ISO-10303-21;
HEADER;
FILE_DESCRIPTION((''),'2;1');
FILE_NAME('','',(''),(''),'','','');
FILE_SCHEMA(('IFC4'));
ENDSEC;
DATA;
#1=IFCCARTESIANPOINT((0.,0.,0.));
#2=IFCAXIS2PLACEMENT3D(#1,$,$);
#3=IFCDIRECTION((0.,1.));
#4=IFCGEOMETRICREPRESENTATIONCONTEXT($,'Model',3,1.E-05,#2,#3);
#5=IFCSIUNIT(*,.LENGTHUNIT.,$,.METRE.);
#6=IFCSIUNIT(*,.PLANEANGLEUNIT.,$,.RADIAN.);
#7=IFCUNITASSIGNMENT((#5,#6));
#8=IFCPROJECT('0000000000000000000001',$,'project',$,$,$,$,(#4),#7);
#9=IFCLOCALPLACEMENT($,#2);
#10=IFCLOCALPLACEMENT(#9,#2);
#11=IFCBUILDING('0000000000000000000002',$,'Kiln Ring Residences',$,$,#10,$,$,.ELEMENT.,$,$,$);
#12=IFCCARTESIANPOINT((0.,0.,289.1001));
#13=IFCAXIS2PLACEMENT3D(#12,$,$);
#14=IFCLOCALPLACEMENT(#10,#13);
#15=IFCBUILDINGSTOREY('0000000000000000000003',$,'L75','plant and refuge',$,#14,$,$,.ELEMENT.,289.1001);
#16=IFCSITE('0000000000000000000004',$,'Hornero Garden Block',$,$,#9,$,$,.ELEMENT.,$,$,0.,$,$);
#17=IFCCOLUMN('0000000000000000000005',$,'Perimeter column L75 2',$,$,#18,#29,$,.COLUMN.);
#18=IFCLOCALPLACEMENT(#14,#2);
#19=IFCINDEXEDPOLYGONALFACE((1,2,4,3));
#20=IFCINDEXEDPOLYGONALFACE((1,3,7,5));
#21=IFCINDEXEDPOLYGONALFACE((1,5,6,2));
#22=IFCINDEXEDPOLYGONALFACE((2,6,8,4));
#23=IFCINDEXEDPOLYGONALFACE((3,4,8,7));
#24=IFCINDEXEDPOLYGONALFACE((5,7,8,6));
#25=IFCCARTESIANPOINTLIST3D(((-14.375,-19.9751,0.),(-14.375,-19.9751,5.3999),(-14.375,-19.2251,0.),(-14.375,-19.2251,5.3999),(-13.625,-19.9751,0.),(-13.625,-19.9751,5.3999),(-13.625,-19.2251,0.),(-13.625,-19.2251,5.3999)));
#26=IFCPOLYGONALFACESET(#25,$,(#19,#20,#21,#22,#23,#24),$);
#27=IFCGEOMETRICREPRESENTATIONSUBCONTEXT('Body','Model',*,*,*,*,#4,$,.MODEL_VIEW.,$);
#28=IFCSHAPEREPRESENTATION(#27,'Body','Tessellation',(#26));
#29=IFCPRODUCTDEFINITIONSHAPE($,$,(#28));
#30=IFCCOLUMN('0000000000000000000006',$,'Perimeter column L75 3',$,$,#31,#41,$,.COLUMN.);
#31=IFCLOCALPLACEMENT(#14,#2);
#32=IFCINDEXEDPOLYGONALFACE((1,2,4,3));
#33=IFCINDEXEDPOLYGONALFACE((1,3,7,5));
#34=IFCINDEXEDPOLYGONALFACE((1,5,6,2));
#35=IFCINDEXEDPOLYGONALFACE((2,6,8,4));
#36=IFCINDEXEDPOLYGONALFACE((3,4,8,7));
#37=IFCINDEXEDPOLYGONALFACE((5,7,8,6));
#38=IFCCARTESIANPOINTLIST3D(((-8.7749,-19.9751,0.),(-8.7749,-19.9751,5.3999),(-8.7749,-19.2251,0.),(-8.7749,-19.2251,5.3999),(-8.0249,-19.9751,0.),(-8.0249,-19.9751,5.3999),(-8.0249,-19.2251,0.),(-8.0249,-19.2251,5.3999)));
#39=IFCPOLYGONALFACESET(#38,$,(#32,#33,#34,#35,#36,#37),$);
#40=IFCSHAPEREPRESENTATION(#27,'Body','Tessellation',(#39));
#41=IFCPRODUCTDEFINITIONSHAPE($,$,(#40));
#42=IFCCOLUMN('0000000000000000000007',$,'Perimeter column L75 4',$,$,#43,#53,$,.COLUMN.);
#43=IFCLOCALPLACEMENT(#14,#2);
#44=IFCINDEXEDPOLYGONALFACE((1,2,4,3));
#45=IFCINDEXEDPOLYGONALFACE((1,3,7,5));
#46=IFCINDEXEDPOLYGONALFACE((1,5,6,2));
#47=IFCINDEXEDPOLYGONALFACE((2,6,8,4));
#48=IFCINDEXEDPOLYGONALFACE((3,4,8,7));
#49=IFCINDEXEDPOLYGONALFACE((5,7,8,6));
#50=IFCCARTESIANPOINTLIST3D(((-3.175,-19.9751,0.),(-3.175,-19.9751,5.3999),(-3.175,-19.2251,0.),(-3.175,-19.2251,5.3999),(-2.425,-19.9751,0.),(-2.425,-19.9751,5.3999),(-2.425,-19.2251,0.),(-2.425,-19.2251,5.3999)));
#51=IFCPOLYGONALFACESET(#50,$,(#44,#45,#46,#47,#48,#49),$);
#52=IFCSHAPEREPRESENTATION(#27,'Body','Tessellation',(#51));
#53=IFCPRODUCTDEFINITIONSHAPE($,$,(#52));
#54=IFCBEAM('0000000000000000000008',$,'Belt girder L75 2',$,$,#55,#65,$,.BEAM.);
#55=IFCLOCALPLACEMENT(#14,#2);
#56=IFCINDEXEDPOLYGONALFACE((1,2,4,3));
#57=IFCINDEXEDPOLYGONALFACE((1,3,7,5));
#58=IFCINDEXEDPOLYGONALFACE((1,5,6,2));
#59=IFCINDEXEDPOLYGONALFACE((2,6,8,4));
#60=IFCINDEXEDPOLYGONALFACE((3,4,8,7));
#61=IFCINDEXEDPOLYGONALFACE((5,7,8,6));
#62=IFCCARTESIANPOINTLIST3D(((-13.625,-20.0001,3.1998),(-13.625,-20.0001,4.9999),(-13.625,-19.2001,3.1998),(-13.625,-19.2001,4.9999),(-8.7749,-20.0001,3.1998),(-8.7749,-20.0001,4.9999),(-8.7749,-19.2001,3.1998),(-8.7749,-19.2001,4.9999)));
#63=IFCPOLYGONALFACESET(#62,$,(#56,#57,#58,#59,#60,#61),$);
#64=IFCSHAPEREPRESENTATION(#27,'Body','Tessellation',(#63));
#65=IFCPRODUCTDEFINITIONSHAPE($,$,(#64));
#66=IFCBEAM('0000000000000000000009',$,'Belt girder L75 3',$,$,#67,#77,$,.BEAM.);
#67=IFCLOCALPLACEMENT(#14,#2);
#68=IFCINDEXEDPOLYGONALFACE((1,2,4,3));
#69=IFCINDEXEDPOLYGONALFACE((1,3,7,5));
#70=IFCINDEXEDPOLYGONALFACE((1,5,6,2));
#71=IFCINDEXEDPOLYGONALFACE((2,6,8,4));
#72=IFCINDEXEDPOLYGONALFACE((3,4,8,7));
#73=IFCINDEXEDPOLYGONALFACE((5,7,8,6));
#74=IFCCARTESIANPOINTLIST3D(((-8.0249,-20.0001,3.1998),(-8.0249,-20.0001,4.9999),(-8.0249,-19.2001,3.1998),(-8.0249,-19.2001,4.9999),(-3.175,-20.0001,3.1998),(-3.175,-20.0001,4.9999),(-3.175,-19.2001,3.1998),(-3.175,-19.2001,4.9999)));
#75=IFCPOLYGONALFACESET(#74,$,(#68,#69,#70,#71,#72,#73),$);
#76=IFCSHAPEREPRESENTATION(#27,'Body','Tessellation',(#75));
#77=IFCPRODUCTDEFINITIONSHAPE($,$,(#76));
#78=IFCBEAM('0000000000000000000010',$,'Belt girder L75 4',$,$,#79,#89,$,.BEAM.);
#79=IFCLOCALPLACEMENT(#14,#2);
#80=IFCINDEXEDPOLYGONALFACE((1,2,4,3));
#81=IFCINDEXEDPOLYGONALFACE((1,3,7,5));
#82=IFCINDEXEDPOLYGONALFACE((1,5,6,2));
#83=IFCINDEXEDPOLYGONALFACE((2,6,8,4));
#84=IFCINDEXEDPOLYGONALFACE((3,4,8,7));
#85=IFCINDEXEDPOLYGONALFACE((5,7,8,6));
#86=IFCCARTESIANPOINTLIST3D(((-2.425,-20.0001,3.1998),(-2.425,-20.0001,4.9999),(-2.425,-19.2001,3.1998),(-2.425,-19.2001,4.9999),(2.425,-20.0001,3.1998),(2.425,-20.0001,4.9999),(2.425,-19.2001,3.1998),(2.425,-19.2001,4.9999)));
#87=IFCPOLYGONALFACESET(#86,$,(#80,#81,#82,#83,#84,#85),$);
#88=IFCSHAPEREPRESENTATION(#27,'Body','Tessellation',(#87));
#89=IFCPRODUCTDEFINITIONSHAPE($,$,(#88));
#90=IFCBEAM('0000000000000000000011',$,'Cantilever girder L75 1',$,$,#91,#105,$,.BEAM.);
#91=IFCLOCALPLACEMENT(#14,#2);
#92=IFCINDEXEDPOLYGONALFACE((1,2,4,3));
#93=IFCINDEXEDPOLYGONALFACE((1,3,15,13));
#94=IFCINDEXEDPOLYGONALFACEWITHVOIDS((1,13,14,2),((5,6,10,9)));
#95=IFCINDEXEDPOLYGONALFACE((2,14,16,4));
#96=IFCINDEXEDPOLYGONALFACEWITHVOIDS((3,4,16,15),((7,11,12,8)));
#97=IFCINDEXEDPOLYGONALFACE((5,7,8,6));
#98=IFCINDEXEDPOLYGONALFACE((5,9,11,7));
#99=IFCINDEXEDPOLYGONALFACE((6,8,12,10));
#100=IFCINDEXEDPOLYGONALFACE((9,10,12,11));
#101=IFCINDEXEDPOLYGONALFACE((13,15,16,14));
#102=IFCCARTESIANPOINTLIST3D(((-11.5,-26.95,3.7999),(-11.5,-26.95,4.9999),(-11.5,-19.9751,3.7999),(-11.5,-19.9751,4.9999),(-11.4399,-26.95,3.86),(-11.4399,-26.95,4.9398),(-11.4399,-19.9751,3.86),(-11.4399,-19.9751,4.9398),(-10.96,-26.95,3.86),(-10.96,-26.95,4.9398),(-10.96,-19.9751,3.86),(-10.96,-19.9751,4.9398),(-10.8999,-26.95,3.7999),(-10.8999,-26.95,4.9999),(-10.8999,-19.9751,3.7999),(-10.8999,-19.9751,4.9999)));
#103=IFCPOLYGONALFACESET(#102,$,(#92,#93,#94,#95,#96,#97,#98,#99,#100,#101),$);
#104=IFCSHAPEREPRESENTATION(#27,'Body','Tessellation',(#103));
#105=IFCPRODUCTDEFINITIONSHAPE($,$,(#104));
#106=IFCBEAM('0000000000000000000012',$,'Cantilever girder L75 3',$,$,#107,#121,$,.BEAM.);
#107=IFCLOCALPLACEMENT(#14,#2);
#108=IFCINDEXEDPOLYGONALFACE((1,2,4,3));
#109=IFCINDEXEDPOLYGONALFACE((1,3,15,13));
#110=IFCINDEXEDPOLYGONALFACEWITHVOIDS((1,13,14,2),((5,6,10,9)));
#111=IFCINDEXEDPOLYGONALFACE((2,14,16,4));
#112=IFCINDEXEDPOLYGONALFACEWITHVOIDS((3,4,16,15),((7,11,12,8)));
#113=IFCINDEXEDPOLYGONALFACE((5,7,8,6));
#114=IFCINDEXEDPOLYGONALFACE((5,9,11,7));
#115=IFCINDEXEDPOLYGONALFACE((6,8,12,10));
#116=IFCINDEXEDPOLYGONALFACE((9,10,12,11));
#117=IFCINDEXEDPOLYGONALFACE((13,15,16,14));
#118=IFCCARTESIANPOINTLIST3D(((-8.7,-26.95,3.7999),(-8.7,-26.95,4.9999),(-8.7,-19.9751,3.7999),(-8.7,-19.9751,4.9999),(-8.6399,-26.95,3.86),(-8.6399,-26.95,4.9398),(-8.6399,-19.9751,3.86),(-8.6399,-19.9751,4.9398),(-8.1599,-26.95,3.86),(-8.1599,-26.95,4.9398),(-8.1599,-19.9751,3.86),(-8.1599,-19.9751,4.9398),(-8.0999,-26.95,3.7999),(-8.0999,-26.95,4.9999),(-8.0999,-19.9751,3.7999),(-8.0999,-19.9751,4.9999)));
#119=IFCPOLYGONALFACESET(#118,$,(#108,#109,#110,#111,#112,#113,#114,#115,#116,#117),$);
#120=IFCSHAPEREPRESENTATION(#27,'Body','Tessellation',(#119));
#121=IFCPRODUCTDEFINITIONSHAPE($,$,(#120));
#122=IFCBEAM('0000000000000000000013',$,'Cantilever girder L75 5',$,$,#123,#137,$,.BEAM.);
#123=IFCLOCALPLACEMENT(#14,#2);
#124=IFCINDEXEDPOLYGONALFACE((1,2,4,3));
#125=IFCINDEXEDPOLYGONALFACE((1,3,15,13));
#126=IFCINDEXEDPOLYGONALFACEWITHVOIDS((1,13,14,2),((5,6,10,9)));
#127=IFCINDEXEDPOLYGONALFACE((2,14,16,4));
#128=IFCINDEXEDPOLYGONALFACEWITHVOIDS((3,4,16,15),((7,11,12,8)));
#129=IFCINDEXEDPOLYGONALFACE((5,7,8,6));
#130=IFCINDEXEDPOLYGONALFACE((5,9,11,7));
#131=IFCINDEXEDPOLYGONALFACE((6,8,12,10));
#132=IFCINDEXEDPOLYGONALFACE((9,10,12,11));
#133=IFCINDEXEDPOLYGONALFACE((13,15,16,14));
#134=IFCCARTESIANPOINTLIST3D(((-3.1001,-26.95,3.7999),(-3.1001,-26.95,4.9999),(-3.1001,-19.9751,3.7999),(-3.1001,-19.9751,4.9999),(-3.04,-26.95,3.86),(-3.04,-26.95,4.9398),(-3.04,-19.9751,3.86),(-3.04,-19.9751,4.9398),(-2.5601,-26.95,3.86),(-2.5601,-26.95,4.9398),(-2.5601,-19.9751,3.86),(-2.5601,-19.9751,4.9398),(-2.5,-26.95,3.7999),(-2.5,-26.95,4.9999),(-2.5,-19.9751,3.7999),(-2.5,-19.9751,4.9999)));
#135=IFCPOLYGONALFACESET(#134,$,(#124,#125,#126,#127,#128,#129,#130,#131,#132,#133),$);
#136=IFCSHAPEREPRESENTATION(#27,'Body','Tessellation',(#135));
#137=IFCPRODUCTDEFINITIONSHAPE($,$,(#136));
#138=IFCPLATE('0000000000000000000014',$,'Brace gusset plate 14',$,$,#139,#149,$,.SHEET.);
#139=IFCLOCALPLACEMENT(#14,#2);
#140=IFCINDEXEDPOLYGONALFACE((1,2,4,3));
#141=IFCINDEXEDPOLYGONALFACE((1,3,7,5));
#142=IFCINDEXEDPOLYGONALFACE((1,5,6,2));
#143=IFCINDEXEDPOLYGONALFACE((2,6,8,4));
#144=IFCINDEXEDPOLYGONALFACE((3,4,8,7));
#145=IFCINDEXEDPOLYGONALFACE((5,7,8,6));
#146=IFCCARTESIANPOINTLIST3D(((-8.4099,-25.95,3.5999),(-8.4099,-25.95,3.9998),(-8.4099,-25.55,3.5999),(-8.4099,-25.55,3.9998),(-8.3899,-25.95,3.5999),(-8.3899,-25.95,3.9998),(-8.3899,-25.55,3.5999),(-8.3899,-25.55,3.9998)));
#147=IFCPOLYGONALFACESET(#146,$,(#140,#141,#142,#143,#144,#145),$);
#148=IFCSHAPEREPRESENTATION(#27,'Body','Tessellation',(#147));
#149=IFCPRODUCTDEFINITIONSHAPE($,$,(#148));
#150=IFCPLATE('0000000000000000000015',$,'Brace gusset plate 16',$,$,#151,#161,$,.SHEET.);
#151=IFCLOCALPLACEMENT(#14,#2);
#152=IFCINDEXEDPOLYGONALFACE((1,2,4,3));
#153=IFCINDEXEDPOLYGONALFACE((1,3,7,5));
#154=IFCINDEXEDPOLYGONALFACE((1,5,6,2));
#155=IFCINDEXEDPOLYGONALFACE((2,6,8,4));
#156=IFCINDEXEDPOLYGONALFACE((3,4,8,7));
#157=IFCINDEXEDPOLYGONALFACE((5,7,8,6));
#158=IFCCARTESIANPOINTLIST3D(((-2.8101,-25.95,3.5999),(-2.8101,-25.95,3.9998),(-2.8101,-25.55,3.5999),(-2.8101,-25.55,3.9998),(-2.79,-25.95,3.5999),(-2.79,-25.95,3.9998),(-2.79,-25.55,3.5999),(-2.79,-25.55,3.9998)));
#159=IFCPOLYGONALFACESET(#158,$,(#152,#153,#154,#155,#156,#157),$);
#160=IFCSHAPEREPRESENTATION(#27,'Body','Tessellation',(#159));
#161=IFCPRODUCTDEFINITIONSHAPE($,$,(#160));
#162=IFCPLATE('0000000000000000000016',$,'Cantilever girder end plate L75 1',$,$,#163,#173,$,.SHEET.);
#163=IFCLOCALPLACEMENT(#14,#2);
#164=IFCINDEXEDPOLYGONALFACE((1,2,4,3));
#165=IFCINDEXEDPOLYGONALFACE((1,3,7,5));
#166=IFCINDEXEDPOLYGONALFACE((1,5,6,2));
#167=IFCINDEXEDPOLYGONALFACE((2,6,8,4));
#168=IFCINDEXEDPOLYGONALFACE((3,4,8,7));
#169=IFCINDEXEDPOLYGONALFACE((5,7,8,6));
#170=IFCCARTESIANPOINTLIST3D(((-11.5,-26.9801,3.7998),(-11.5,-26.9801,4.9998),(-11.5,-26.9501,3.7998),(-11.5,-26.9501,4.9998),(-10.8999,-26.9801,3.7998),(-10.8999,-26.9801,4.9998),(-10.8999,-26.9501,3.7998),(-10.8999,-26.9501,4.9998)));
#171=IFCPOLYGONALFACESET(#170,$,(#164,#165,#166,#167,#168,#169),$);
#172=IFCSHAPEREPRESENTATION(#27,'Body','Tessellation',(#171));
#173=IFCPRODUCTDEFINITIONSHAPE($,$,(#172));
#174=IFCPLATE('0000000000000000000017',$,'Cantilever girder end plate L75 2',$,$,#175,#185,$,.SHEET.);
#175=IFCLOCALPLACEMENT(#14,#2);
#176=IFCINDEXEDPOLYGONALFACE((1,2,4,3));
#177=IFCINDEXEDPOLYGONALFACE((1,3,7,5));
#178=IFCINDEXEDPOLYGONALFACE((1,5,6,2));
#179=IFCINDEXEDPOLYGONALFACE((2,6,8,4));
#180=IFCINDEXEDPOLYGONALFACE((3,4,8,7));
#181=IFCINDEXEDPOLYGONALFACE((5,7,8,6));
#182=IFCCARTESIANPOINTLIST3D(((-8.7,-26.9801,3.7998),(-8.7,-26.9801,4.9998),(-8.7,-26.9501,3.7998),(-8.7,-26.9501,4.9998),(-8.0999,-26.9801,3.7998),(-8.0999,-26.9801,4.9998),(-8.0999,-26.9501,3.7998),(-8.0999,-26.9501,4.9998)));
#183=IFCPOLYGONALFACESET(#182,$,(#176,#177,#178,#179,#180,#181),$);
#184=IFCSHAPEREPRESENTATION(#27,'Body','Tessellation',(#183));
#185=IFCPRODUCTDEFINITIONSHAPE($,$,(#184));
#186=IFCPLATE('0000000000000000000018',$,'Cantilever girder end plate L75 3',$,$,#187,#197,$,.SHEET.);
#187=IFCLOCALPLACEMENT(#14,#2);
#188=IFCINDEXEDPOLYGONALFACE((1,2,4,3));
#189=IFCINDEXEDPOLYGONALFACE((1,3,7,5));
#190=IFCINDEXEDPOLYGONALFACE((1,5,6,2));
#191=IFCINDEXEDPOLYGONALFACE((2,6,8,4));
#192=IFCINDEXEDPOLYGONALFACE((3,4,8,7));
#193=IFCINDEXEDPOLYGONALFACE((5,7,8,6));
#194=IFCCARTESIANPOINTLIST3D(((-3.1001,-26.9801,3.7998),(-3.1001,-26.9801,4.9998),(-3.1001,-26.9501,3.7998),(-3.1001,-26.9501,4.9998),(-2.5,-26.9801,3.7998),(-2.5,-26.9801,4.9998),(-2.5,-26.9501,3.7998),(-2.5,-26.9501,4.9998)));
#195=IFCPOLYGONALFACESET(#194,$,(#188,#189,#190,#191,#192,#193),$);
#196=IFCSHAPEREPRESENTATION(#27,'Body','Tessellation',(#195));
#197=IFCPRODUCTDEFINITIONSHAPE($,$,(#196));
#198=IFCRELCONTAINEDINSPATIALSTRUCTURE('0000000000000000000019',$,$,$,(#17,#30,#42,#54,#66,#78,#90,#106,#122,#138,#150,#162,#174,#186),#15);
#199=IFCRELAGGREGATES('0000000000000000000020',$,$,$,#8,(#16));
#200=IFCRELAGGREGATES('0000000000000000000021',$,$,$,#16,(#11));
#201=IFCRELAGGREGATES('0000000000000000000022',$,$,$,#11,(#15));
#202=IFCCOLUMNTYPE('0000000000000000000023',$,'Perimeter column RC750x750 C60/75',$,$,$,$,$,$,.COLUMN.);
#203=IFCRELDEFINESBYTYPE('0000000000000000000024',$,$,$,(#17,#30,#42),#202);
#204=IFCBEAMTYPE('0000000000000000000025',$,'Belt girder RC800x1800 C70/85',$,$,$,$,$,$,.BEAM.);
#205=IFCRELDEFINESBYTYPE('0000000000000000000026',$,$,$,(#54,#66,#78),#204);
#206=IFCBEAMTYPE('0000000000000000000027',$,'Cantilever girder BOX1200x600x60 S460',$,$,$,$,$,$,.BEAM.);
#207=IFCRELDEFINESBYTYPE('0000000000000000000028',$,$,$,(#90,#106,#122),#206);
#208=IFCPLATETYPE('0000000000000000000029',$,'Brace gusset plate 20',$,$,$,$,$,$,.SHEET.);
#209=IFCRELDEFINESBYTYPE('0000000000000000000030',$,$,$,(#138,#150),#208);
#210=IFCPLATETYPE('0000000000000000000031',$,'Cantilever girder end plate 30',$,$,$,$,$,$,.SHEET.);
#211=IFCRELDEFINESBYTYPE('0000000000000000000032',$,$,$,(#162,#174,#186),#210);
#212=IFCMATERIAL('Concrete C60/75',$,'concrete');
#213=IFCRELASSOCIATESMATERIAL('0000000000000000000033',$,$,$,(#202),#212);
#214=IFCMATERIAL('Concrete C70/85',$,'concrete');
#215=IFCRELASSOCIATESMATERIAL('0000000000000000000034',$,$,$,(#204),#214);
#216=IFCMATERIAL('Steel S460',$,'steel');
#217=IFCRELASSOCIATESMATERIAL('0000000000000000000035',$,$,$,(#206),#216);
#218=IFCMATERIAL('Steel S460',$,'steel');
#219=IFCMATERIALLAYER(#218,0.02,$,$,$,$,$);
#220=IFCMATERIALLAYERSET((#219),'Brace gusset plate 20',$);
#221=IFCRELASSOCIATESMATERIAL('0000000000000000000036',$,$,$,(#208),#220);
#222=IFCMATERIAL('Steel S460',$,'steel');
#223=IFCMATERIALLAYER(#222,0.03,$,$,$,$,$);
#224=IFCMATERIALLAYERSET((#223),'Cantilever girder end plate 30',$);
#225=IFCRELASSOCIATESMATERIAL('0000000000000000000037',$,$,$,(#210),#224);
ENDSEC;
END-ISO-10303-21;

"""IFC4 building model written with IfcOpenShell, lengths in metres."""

from ifc_helpers import new_model, si_unit, direction, frame, origin, origin_2d, place, context, subcontext, project, spatial, rectangle, hollow_rectangle, extrude, material, layer, layer_set, material_profile, profile_set, type_object, element, save


model = new_model("IFC4")

# Units and contexts
model_context = context("Model", 3, precision=1e-05, world=origin(), true_north=direction((0.0, 1.0)))
body_context = subcontext(model_context, "Body", "Model", "MODEL_VIEW")
ifc_project = project(units=[si_unit("LENGTHUNIT", "METRE"), si_unit("PLANEANGLEUNIT", "RADIAN")], contexts=[model_context])

# Site, building, storey
site_placement = place(None, origin())
site = spatial("IfcSite", under=ifc_project, at=site_placement, Name="Hornero Garden Block", CompositionType="ELEMENT", RefElevation=0.0)
building_placement = place(site_placement, origin())
building = spatial("IfcBuilding", under=site, at=building_placement, Name="Kiln Ring Residences", CompositionType="ELEMENT")
storey_placement = place(building_placement, frame((0.0, 0.0, 289.1001)))
storey = spatial("IfcBuildingStorey", under=building, at=storey_placement, Name="L75", Description="plant and refuge", CompositionType="ELEMENT", Elevation=289.1001)

# Columns
ifc_material_1 = material(Name="Concrete C60/75", Category="concrete")
ifc_material_profile_1 = material_profile(ifc_material_1, rectangle(XDim=0.75, YDim=0.75, at=origin_2d()), Name="RC750x750")
ifc_profile_set_1 = profile_set([ifc_material_profile_1], Name="Concrete C60/75")
column_type = type_object("IfcColumnType", Name="Perimeter column RC750x750 C60/75", PredefinedType="COLUMN", material=ifc_profile_set_1)
for number, where, z_axis, x_axis, name in (
    (1, (-14.0, -19.6001, 0.0), (0.0, 0.0, 1.0), (1.0, 0.0, 0.0), "Perimeter column L75 2"),
    (2, (-8.3999, -19.6001, 0.0), (0.0, 0.0, 1.0), (1.0, 0.0, 0.0), "Perimeter column L75 3"),
    (3, (-2.8, -19.6001, 0.0), (0.0, 0.0, 1.0), (1.0, 0.0, 0.0), "Perimeter column L75 4"),
):
    element("IfcColumn", number, at=place(storey_placement, frame(where, z_axis=z_axis, x_axis=x_axis)), inside=storey, type_object=column_type, Name=name, PredefinedType="COLUMN", context=body_context, shape_type="SweptSolid", body=[
        extrude(rectangle(XDim=0.75, YDim=0.75, at=origin_2d()), origin(), (0.0, 0.0, 1.0), 5.3999),
    ])

# Beams
ifc_material_2 = material(Name="Concrete C70/85", Category="concrete")
ifc_material_profile_2 = material_profile(ifc_material_2, rectangle(XDim=0.8, YDim=1.8, at=origin_2d()), Name="RC800x1800")
ifc_profile_set_2 = profile_set([ifc_material_profile_2], Name="Concrete C70/85")
beam_type_1 = type_object("IfcBeamType", Name="Belt girder RC800x1800 C70/85", PredefinedType="BEAM", material=ifc_profile_set_2)
beam_1_placement = place(storey_placement, frame((-13.625, -19.6001, 4.0999), z_axis=(1.0, 0.0, 0.0), x_axis=(0.0, 1.0, 0.0)))
element("IfcBeam", 4, at=beam_1_placement, inside=storey, type_object=beam_type_1, Name="Belt girder L75 2", PredefinedType="BEAM", context=body_context, shape_type="SweptSolid", body=[
    extrude(rectangle(XDim=0.8, YDim=1.8, at=origin_2d()), origin(), (0.0, 0.0, 1.0), 4.8501),
])
beam_2_placement = place(storey_placement, frame((-8.0249, -19.6001, 4.0999), z_axis=(1.0, 0.0, 0.0), x_axis=(0.0, 1.0, 0.0)))
element("IfcBeam", 5, at=beam_2_placement, inside=storey, type_object=beam_type_1, Name="Belt girder L75 3", PredefinedType="BEAM", context=body_context, shape_type="SweptSolid", body=[
    extrude(rectangle(XDim=0.8, YDim=1.8, at=origin_2d()), origin(), (0.0, 0.0, 1.0), 4.8499),
])
beam_3_placement = place(storey_placement, frame((-2.425, -19.6001, 4.0999), z_axis=(1.0, 0.0, 0.0), x_axis=(0.0, 1.0, 0.0)))
element("IfcBeam", 6, at=beam_3_placement, inside=storey, type_object=beam_type_1, Name="Belt girder L75 4", PredefinedType="BEAM", context=body_context, shape_type="SweptSolid", body=[
    extrude(rectangle(XDim=0.8, YDim=1.8, at=origin_2d()), origin(), (0.0, 0.0, 1.0), 4.8501),
])
ifc_material_3 = material(Name="Steel S460", Category="steel")
ifc_material_profile_3 = material_profile(ifc_material_3, hollow_rectangle(XDim=0.6001, YDim=1.2, WallThickness=0.0601, at=origin_2d()), Name="BOX1200x600x60")
ifc_profile_set_3 = profile_set([ifc_material_profile_3], Name="Steel S460")
beam_type_2 = type_object("IfcBeamType", Name="Cantilever girder BOX1200x600x60 S460", PredefinedType="BEAM", material=ifc_profile_set_3)
for number, where, z_axis, x_axis, name in (
    (7, (-11.2, -26.95, 4.3999), (0.0, 1.0, 0.0), (-1.0, 0.0, 0.0), "Cantilever girder L75 1"),
    (8, (-8.3999, -26.95, 4.3999), (0.0, 1.0, 0.0), (-1.0, 0.0, 0.0), "Cantilever girder L75 3"),
    (9, (-2.8, -26.95, 4.3999), (0.0, 1.0, 0.0), (-1.0, 0.0, 0.0), "Cantilever girder L75 5"),
):
    element("IfcBeam", number, at=place(storey_placement, frame(where, z_axis=z_axis, x_axis=x_axis)), inside=storey, type_object=beam_type_2, Name=name, PredefinedType="BEAM", context=body_context, shape_type="SweptSolid", body=[
        extrude(hollow_rectangle(XDim=0.6001, YDim=1.2, WallThickness=0.0601, at=origin_2d()), origin(), (0.0, 0.0, 1.0), 6.9749),
    ])

# Plates
ifc_material_4 = material(Name="Steel S460", Category="steel")
ifc_layer_1 = layer(ifc_material_4, 0.02)
ifc_layer_set_1 = layer_set([ifc_layer_1], Name="Brace gusset plate 20")
plate_type_1 = type_object("IfcPlateType", Name="Brace gusset plate 20", PredefinedType="SHEET", material=ifc_layer_set_1)
for number, where, z_axis, x_axis, name in (
    (10, (-8.3999, -25.75, 3.5999), (0.0, 0.0, 1.0), (1.0, 0.0, 0.0), "Brace gusset plate 14"),
    (11, (-2.8, -25.75, 3.5999), (0.0, 0.0, 1.0), (1.0, 0.0, 0.0), "Brace gusset plate 16"),
):
    element("IfcPlate", number, at=place(storey_placement, frame(where, z_axis=z_axis, x_axis=x_axis)), inside=storey, type_object=plate_type_1, Name=name, PredefinedType="SHEET", context=body_context, shape_type="SweptSolid", body=[
        extrude(rectangle(XDim=0.02, YDim=0.3999, at=origin_2d()), origin(), (0.0, 0.0, 1.0), 0.3999),
    ])
ifc_material_5 = material(Name="Steel S460", Category="steel")
ifc_layer_2 = layer(ifc_material_5, 0.03)
ifc_layer_set_2 = layer_set([ifc_layer_2], Name="Cantilever girder end plate 30")
plate_type_2 = type_object("IfcPlateType", Name="Cantilever girder end plate 30", PredefinedType="SHEET", material=ifc_layer_set_2)
for number, where, z_axis, x_axis, name in (
    (12, (-11.2, -26.9651, 3.7998), (0.0, 0.0, 1.0), (1.0, 0.0, 0.0), "Cantilever girder end plate L75 1"),
    (13, (-8.3999, -26.9651, 3.7998), (0.0, 0.0, 1.0), (1.0, 0.0, 0.0), "Cantilever girder end plate L75 2"),
    (14, (-2.8, -26.9651, 3.7998), (0.0, 0.0, 1.0), (1.0, 0.0, 0.0), "Cantilever girder end plate L75 3"),
):
    element("IfcPlate", number, at=place(storey_placement, frame(where, z_axis=z_axis, x_axis=x_axis)), inside=storey, type_object=plate_type_2, Name=name, PredefinedType="SHEET", context=body_context, shape_type="SweptSolid", body=[
        extrude(rectangle(XDim=0.6001, YDim=0.03, at=origin_2d()), origin(), (0.0, 0.0, 1.0), 1.2),
    ])

save(model, "model.ifc")
